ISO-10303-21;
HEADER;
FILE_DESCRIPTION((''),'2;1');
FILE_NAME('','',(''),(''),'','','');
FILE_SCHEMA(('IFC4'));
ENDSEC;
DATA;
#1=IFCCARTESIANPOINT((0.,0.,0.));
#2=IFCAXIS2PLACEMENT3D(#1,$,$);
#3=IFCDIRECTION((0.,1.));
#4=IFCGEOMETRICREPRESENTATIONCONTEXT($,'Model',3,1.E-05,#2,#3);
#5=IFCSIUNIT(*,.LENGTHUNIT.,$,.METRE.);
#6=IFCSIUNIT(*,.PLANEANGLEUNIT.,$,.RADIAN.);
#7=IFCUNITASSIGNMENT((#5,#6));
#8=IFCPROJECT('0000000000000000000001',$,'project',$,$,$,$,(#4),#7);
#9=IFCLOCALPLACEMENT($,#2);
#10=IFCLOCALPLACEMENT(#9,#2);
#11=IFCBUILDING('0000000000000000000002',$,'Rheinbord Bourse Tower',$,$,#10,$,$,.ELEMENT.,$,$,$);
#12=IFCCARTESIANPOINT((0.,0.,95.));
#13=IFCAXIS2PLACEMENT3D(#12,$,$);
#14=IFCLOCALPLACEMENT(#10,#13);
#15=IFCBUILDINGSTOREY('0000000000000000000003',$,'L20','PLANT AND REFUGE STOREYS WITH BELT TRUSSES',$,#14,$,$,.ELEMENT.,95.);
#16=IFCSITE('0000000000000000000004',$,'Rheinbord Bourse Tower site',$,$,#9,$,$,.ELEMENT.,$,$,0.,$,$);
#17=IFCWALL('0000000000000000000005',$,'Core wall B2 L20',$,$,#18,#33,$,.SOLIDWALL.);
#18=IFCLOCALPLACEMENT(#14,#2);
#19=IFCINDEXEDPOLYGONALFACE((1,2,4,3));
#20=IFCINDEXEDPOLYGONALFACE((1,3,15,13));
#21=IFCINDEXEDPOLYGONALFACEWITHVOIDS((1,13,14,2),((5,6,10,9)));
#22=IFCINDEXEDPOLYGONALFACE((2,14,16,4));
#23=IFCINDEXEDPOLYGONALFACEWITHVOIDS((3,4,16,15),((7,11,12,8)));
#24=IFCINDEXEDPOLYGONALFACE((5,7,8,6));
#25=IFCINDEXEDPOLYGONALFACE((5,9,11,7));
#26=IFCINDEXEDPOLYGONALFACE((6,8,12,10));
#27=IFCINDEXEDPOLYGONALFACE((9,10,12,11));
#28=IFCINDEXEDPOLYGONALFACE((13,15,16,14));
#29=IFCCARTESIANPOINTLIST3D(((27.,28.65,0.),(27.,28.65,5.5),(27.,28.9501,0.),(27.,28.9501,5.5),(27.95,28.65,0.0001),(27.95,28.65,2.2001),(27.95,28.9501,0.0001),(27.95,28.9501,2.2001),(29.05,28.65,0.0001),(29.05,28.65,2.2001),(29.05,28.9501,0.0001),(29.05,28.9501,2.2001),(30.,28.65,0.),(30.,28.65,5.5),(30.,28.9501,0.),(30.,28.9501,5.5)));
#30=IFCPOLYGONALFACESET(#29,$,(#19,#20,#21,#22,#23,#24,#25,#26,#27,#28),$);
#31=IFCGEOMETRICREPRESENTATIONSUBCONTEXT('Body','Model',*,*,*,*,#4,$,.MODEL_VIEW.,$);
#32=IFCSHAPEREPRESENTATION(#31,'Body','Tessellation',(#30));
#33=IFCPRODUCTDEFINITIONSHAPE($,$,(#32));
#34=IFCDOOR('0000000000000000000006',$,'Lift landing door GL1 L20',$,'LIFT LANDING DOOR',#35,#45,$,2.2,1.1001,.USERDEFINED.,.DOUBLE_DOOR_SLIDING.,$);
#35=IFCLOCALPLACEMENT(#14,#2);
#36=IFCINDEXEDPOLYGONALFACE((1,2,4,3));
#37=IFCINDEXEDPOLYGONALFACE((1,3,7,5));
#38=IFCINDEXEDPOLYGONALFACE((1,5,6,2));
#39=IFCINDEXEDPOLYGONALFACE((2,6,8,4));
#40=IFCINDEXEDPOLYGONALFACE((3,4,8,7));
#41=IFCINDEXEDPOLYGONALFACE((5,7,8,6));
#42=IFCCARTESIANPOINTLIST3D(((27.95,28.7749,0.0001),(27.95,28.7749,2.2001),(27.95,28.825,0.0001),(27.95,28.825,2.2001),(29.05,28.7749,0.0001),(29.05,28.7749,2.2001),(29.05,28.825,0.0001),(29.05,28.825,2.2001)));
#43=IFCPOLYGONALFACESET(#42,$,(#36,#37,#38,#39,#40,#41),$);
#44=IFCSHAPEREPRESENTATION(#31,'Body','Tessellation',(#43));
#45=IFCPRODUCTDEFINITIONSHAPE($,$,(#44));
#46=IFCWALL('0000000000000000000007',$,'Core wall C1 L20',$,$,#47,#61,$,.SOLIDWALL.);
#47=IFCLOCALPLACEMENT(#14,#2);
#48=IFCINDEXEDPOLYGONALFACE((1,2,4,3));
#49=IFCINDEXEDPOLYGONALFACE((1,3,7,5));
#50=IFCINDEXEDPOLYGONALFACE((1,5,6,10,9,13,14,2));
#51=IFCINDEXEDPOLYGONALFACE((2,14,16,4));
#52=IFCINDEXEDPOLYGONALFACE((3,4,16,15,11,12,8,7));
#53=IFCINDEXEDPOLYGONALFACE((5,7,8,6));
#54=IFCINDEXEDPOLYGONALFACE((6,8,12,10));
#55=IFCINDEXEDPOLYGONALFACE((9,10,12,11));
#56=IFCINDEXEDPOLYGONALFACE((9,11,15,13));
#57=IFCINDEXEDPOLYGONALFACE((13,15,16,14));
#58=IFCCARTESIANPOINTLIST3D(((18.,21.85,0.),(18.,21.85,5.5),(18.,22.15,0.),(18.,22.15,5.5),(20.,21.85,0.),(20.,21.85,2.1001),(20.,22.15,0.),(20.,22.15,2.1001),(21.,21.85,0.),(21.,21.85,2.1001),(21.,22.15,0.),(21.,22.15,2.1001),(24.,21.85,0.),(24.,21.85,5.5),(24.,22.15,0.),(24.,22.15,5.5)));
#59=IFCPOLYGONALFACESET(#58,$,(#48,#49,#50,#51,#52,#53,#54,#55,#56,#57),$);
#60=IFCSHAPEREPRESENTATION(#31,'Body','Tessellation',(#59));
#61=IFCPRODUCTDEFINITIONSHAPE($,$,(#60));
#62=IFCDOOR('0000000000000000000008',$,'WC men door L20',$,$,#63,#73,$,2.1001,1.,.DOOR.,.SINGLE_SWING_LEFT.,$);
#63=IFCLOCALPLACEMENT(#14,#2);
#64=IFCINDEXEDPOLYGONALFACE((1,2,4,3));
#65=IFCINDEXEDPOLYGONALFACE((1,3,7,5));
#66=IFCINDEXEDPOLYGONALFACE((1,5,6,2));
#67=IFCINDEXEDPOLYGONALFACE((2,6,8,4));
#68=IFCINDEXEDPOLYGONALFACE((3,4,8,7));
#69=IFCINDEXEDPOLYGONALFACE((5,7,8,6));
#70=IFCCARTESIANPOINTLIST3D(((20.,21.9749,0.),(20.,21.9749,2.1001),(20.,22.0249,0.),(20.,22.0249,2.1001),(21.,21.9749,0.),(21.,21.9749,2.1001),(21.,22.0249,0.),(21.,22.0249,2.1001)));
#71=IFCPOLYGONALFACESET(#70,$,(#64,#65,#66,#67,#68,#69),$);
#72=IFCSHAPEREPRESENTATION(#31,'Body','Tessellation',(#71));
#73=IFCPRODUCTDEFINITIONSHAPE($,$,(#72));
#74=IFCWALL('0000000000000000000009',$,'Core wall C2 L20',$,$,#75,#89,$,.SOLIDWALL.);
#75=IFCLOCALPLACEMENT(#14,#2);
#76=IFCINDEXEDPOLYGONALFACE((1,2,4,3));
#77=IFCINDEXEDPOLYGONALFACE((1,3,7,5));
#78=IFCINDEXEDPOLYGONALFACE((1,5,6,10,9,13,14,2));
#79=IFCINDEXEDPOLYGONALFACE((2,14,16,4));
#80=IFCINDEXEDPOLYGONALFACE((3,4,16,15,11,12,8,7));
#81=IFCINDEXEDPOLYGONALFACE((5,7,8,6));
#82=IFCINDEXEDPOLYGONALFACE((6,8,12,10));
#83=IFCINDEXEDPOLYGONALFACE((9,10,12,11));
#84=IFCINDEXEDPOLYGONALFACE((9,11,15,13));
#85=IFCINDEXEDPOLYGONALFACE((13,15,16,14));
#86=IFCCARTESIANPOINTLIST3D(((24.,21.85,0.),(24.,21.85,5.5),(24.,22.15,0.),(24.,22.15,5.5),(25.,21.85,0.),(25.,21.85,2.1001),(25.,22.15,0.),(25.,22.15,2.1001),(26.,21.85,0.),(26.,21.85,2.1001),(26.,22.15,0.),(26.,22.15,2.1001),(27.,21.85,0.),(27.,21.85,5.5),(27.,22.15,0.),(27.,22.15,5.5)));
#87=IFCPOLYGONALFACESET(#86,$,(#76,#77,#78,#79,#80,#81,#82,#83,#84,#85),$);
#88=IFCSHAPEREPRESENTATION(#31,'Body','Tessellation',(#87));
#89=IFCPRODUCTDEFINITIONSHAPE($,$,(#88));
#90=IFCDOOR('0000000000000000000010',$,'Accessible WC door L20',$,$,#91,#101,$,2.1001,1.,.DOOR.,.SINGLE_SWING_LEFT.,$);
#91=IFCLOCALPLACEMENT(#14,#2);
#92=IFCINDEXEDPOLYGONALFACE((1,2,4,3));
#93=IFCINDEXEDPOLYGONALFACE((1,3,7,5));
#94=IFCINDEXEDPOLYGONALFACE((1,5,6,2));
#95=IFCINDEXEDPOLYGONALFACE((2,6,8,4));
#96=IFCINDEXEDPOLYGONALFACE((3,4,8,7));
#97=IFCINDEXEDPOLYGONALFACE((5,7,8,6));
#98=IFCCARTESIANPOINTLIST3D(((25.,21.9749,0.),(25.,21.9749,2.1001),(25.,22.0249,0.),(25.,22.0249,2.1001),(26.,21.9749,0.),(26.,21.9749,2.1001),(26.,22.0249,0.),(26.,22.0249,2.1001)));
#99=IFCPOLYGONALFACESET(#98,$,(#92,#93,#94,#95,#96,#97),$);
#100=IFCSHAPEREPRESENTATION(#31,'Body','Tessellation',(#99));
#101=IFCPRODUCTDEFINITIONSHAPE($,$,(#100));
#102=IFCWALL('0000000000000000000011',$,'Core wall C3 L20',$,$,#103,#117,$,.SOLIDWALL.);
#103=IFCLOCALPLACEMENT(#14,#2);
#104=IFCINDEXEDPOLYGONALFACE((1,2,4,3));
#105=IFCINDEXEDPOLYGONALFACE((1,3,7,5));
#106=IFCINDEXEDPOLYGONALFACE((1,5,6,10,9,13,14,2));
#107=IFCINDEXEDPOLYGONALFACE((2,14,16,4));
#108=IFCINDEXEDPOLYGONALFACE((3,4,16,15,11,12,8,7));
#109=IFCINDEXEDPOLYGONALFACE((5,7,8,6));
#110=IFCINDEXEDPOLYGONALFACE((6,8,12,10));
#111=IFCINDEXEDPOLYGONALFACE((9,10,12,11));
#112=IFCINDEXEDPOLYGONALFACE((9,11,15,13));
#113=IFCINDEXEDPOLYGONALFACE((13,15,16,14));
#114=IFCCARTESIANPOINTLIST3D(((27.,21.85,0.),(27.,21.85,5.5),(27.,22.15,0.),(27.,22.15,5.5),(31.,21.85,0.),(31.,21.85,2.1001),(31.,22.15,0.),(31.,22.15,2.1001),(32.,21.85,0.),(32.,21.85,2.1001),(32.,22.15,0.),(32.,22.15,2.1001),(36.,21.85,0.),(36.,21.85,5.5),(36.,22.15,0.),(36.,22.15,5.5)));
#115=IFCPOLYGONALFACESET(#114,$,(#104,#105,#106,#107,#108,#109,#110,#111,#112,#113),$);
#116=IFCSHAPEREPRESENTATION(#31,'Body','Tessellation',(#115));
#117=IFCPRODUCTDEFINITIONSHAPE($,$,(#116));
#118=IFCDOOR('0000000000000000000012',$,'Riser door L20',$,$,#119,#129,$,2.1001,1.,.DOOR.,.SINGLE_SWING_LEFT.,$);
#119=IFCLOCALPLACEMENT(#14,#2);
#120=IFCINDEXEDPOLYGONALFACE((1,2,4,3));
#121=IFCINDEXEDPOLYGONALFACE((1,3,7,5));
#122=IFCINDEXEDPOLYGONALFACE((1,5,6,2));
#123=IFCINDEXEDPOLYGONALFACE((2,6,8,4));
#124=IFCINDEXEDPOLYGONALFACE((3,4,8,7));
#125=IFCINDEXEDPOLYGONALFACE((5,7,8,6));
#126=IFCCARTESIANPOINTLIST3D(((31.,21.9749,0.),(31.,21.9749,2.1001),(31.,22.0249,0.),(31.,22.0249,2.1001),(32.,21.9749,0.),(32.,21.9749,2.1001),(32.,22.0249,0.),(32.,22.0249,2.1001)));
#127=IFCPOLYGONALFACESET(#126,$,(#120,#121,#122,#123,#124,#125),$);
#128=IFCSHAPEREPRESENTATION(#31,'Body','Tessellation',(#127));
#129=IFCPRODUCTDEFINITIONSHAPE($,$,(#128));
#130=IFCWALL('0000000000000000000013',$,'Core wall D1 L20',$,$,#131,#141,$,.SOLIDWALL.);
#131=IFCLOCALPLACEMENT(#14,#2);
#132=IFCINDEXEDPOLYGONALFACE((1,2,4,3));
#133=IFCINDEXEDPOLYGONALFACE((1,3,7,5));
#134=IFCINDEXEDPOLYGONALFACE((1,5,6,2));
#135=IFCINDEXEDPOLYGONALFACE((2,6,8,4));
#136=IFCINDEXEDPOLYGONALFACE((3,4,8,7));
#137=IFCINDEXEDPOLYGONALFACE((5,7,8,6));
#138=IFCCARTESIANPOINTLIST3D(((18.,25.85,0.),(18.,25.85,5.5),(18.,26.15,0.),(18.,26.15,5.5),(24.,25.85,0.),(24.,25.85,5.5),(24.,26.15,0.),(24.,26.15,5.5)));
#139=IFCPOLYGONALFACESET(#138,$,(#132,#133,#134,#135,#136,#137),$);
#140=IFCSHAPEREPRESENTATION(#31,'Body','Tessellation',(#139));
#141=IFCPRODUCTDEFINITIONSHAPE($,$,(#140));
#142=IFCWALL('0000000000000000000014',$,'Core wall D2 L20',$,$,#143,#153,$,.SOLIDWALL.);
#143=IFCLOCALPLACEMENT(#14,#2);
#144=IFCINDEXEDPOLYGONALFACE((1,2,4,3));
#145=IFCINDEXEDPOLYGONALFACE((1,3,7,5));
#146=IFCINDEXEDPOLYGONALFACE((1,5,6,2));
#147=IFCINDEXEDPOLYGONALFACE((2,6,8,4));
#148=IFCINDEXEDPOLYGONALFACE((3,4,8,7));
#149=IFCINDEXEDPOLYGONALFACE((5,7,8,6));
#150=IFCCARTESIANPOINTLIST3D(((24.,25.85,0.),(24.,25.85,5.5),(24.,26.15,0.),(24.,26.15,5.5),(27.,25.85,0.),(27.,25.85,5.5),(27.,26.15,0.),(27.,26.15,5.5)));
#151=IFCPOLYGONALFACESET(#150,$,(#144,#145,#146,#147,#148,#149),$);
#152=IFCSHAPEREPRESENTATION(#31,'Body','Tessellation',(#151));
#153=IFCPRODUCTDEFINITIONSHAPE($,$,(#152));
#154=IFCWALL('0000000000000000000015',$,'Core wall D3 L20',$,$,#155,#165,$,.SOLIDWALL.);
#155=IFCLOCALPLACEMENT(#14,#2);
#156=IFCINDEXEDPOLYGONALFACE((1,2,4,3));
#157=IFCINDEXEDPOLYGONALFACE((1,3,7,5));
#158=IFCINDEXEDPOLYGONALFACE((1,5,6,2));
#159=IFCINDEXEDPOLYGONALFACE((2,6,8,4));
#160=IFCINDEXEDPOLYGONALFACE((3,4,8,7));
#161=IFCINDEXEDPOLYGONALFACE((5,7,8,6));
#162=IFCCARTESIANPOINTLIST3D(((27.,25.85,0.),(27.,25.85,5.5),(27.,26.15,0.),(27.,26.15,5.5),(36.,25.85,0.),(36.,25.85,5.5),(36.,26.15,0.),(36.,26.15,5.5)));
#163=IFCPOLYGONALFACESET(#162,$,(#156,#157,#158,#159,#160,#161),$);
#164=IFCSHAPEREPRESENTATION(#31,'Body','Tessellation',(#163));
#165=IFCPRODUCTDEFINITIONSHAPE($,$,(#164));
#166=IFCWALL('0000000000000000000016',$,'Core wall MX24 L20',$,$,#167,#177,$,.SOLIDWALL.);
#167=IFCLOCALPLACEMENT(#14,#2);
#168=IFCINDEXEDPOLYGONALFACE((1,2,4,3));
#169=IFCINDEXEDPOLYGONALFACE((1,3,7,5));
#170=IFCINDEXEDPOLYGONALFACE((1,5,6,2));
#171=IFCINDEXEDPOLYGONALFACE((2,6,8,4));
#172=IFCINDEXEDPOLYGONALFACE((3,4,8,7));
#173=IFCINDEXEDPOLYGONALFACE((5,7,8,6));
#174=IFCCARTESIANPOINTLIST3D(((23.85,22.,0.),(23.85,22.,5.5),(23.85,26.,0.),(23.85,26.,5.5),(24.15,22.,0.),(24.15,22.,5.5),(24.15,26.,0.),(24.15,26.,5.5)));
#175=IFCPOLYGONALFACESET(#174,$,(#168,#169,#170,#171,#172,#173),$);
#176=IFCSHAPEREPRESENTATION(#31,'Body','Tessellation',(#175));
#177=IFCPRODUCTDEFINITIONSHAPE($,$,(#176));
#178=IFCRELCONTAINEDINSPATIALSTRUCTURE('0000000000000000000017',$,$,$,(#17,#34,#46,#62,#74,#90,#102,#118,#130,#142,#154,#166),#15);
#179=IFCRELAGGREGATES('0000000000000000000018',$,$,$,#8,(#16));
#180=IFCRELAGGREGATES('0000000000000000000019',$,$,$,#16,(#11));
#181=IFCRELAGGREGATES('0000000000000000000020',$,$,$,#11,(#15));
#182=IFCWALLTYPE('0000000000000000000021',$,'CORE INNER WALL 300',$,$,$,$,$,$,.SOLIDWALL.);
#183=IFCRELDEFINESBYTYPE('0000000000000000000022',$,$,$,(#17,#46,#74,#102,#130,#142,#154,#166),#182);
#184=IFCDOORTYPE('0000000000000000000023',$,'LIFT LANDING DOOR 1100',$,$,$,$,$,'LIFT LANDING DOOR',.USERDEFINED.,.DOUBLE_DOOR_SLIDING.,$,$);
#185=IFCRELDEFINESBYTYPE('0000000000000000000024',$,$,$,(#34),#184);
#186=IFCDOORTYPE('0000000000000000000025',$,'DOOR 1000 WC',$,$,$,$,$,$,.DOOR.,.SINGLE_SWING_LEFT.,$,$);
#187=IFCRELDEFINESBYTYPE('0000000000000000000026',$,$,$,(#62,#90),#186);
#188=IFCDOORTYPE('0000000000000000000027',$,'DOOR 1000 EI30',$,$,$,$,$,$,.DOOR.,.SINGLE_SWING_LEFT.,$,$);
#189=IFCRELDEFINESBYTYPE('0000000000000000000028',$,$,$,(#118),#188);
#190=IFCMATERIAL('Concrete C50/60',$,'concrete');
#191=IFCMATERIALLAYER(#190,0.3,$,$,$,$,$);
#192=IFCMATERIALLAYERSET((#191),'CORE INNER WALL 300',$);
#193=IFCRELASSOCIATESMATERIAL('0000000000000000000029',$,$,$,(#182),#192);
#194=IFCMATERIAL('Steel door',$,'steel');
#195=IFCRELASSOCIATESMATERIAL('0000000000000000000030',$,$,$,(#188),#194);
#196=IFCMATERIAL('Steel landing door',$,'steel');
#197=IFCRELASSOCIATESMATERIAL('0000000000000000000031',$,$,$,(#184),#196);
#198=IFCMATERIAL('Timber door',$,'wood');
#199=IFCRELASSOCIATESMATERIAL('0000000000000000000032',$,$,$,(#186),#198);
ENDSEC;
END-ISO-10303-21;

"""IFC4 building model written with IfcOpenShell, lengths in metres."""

from ifc_helpers import new_model, si_unit, direction, frame, frame_2d, origin, place, context, subcontext, project, spatial, rectangle, extrude, material, layer, layer_set, type_object, element, fill, save


model = new_model("IFC4")

# Units and contexts
model_context = context("Model", 3, precision=1e-05, world=origin(), true_north=direction((0.0, 1.0)))
body_context = subcontext(model_context, "Body", "Model", "MODEL_VIEW")
ifc_project = project(units=[si_unit("LENGTHUNIT", "METRE"), si_unit("PLANEANGLEUNIT", "RADIAN")], contexts=[model_context])

# Site, building, storey
site_placement = place(None, origin())
site = spatial("IfcSite", under=ifc_project, at=site_placement, Name="Rheinbord Bourse Tower site", CompositionType="ELEMENT", RefElevation=0.0)
building_placement = place(site_placement, origin())
building = spatial("IfcBuilding", under=site, at=building_placement, Name="Rheinbord Bourse Tower", CompositionType="ELEMENT")
storey_placement = place(building_placement, frame((0.0, 0.0, 95.0)))
storey = spatial("IfcBuildingStorey", under=building, at=storey_placement, Name="L20", Description="PLANT AND REFUGE STOREYS WITH BELT TRUSSES", CompositionType="ELEMENT", Elevation=95.0)

# Shared definitions
ifc_material_1 = material(Name="Concrete C50/60", Category="concrete")
ifc_layer_1 = layer(ifc_material_1, 0.3)
ifc_layer_set_1 = layer_set([ifc_layer_1], Name="CORE INNER WALL 300")
wall_type_1 = type_object("IfcWallType", Name="CORE INNER WALL 300", PredefinedType="SOLIDWALL", material=ifc_layer_set_1)
ifc_material_2 = material(Name="Steel door", Category="steel")
door_type_1 = type_object("IfcDoorType", Name="DOOR 1000 EI30", OperationType="SINGLE_SWING_LEFT", PredefinedType="DOOR", material=ifc_material_2)
ifc_material_3 = material(Name="Steel landing door", Category="steel")
door_type_2 = type_object("IfcDoorType", Name="LIFT LANDING DOOR 1100", ElementType="LIFT LANDING DOOR", OperationType="DOUBLE_DOOR_SLIDING", PredefinedType="USERDEFINED", material=ifc_material_3)

# Walls, openings, doors
wall_1_placement = place(storey_placement, frame((27.0, 28.8, 0.0), z_axis=(0.0, 0.0, 1.0), x_axis=(1.0, 0.0, 0.0)))
wall_1 = element("IfcWall", 1, at=wall_1_placement, inside=storey, type_object=wall_type_1, Name="Core wall B2 L20", PredefinedType="SOLIDWALL", context=body_context, shape_type="SweptSolid", body=[
    extrude(rectangle(XDim=3.0, YDim=0.3, at=frame_2d((1.5, 0.0))), origin(), (0.0, 0.0, 1.0), 5.5),
])
opening_1_placement = place(wall_1_placement, frame((0.95, 0.0, 0.0)))
opening_1 = element("IfcOpeningElement", 2, at=opening_1_placement, cuts=wall_1, PredefinedType="OPENING", context=body_context, shape_type="SweptSolid", body=[
    extrude(rectangle(XDim=1.1001, YDim=2.2, at=frame_2d((0.55, 1.1001))), frame((0.0, 0.1599, 0.0), z_axis=(0.0, -1.0, 0.0), x_axis=(1.0, 0.0, 0.0)), (0.0, 0.0, 1.0), 0.3201),
])
door_1_placement = place(opening_1_placement, origin())
door_1 = element("IfcDoor", 3, at=door_1_placement, inside=storey, type_object=door_type_2, Name="Lift landing door GL1 L20", ObjectType="LIFT LANDING DOOR", OperationType="DOUBLE_DOOR_SLIDING", OverallHeight=2.2, OverallWidth=1.1001, PredefinedType="USERDEFINED", context=body_context, shape_type="SweptSolid", body=[
    extrude(rectangle(XDim=1.1001, YDim=2.2, at=frame_2d((0.55, 1.1001))), frame((0.0, 0.0249, 0.0), z_axis=(0.0, -1.0, 0.0), x_axis=(1.0, 0.0, 0.0)), (0.0, 0.0, 1.0), 0.05),
])
fill(opening_1, door_1)
wall_2_placement = place(storey_placement, frame((18.0, 22.0, 0.0), z_axis=(0.0, 0.0, 1.0), x_axis=(1.0, 0.0, 0.0)))
wall_2 = element("IfcWall", 4, at=wall_2_placement, inside=storey, type_object=wall_type_1, Name="Core wall C1 L20", PredefinedType="SOLIDWALL", context=body_context, shape_type="SweptSolid", body=[
    extrude(rectangle(XDim=6.0, YDim=0.3, at=frame_2d((3.0, 0.0))), origin(), (0.0, 0.0, 1.0), 5.5),
])
opening_2_placement = place(wall_2_placement, frame((2.0, 0.0, 0.0)))
opening_2 = element("IfcOpeningElement", 5, at=opening_2_placement, cuts=wall_2, PredefinedType="OPENING", context=body_context, shape_type="SweptSolid", body=[
    extrude(rectangle(XDim=1.0, YDim=2.1001, at=frame_2d((0.5, 1.05))), frame((0.0, 0.1599, 0.0), z_axis=(0.0, -1.0, 0.0), x_axis=(1.0, 0.0, 0.0)), (0.0, 0.0, 1.0), 0.3201),
])
ifc_material_4 = material(Name="Timber door", Category="wood")
door_type_3 = type_object("IfcDoorType", Name="DOOR 1000 WC", OperationType="SINGLE_SWING_LEFT", PredefinedType="DOOR", material=ifc_material_4)
door_2_placement = place(opening_2_placement, origin())
door_2 = element("IfcDoor", 6, at=door_2_placement, inside=storey, type_object=door_type_3, Name="WC men door L20", OperationType="SINGLE_SWING_LEFT", OverallHeight=2.1001, OverallWidth=1.0, PredefinedType="DOOR", context=body_context, shape_type="SweptSolid", body=[
    extrude(rectangle(XDim=1.0, YDim=2.1001, at=frame_2d((0.5, 1.05))), frame((0.0, 0.0249, 0.0), z_axis=(0.0, -1.0, 0.0), x_axis=(1.0, 0.0, 0.0)), (0.0, 0.0, 1.0), 0.05),
])
fill(opening_2, door_2)
wall_3_placement = place(storey_placement, frame((24.0, 22.0, 0.0), z_axis=(0.0, 0.0, 1.0), x_axis=(1.0, 0.0, 0.0)))
wall_3 = element("IfcWall", 7, at=wall_3_placement, inside=storey, type_object=wall_type_1, Name="Core wall C2 L20", PredefinedType="SOLIDWALL", context=body_context, shape_type="SweptSolid", body=[
    extrude(rectangle(XDim=3.0, YDim=0.3, at=frame_2d((1.5, 0.0))), origin(), (0.0, 0.0, 1.0), 5.5),
])
opening_3_placement = place(wall_3_placement, frame((1.0, 0.0, 0.0)))
opening_3 = element("IfcOpeningElement", 8, at=opening_3_placement, cuts=wall_3, PredefinedType="OPENING", context=body_context, shape_type="SweptSolid", body=[
    extrude(rectangle(XDim=1.0, YDim=2.1001, at=frame_2d((0.5, 1.05))), frame((0.0, 0.1599, 0.0), z_axis=(0.0, -1.0, 0.0), x_axis=(1.0, 0.0, 0.0)), (0.0, 0.0, 1.0), 0.3201),
])
door_3_placement = place(opening_3_placement, origin())
door_3 = element("IfcDoor", 9, at=door_3_placement, inside=storey, type_object=door_type_3, Name="Accessible WC door L20", OperationType="SINGLE_SWING_LEFT", OverallHeight=2.1001, OverallWidth=1.0, PredefinedType="DOOR", context=body_context, shape_type="SweptSolid", body=[
    extrude(rectangle(XDim=1.0, YDim=2.1001, at=frame_2d((0.5, 1.05))), frame((0.0, 0.0249, 0.0), z_axis=(0.0, -1.0, 0.0), x_axis=(1.0, 0.0, 0.0)), (0.0, 0.0, 1.0), 0.05),
])
fill(opening_3, door_3)
wall_4_placement = place(storey_placement, frame((27.0, 22.0, 0.0), z_axis=(0.0, 0.0, 1.0), x_axis=(1.0, 0.0, 0.0)))
wall_4 = element("IfcWall", 10, at=wall_4_placement, inside=storey, type_object=wall_type_1, Name="Core wall C3 L20", PredefinedType="SOLIDWALL", context=body_context, shape_type="SweptSolid", body=[
    extrude(rectangle(XDim=9.0, YDim=0.3, at=frame_2d((4.5, 0.0))), origin(), (0.0, 0.0, 1.0), 5.5),
])
opening_4_placement = place(wall_4_placement, frame((4.0, 0.0, 0.0)))
opening_4 = element("IfcOpeningElement", 11, at=opening_4_placement, cuts=wall_4, PredefinedType="OPENING", context=body_context, shape_type="SweptSolid", body=[
    extrude(rectangle(XDim=1.0, YDim=2.1001, at=frame_2d((0.5, 1.05))), frame((0.0, 0.1599, 0.0), z_axis=(0.0, -1.0, 0.0), x_axis=(1.0, 0.0, 0.0)), (0.0, 0.0, 1.0), 0.3201),
])
door_4_placement = place(opening_4_placement, origin())
door_4 = element("IfcDoor", 12, at=door_4_placement, inside=storey, type_object=door_type_1, Name="Riser door L20", OperationType="SINGLE_SWING_LEFT", OverallHeight=2.1001, OverallWidth=1.0, PredefinedType="DOOR", context=body_context, shape_type="SweptSolid", body=[
    extrude(rectangle(XDim=1.0, YDim=2.1001, at=frame_2d((0.5, 1.05))), frame((0.0, 0.0249, 0.0), z_axis=(0.0, -1.0, 0.0), x_axis=(1.0, 0.0, 0.0)), (0.0, 0.0, 1.0), 0.05),
])
fill(opening_4, door_4)

# Walls
wall_5_placement = place(storey_placement, frame((18.0, 26.0, 0.0), z_axis=(0.0, 0.0, 1.0), x_axis=(1.0, 0.0, 0.0)))
element("IfcWall", 13, at=wall_5_placement, inside=storey, type_object=wall_type_1, Name="Core wall D1 L20", PredefinedType="SOLIDWALL", context=body_context, shape_type="SweptSolid", body=[
    extrude(rectangle(XDim=6.0, YDim=0.3, at=frame_2d((3.0, 0.0))), origin(), (0.0, 0.0, 1.0), 5.5),
])
wall_6_placement = place(storey_placement, frame((24.0, 26.0, 0.0), z_axis=(0.0, 0.0, 1.0), x_axis=(1.0, 0.0, 0.0)))
element("IfcWall", 14, at=wall_6_placement, inside=storey, type_object=wall_type_1, Name="Core wall D2 L20", PredefinedType="SOLIDWALL", context=body_context, shape_type="SweptSolid", body=[
    extrude(rectangle(XDim=3.0, YDim=0.3, at=frame_2d((1.5, 0.0))), origin(), (0.0, 0.0, 1.0), 5.5),
])
wall_7_placement = place(storey_placement, frame((27.0, 26.0, 0.0), z_axis=(0.0, 0.0, 1.0), x_axis=(1.0, 0.0, 0.0)))
element("IfcWall", 15, at=wall_7_placement, inside=storey, type_object=wall_type_1, Name="Core wall D3 L20", PredefinedType="SOLIDWALL", context=body_context, shape_type="SweptSolid", body=[
    extrude(rectangle(XDim=9.0, YDim=0.3, at=frame_2d((4.5, 0.0))), origin(), (0.0, 0.0, 1.0), 5.5),
])
for number, where, z_axis, x_axis, name in (
    (16, (24.0, 22.0, 0.0), (0.0, 0.0, 1.0), (0.0, 1.0, 0.0), "Core wall MX24 L20"),
):
    element("IfcWall", number, at=place(storey_placement, frame(where, z_axis=z_axis, x_axis=x_axis)), inside=storey, type_object=wall_type_1, Name=name, PredefinedType="SOLIDWALL", context=body_context, shape_type="SweptSolid", body=[
        extrude(rectangle(XDim=4.0, YDim=0.3, at=frame_2d((2.0, 0.0))), origin(), (0.0, 0.0, 1.0), 5.5),
    ])

save(model, "model.ifc")
